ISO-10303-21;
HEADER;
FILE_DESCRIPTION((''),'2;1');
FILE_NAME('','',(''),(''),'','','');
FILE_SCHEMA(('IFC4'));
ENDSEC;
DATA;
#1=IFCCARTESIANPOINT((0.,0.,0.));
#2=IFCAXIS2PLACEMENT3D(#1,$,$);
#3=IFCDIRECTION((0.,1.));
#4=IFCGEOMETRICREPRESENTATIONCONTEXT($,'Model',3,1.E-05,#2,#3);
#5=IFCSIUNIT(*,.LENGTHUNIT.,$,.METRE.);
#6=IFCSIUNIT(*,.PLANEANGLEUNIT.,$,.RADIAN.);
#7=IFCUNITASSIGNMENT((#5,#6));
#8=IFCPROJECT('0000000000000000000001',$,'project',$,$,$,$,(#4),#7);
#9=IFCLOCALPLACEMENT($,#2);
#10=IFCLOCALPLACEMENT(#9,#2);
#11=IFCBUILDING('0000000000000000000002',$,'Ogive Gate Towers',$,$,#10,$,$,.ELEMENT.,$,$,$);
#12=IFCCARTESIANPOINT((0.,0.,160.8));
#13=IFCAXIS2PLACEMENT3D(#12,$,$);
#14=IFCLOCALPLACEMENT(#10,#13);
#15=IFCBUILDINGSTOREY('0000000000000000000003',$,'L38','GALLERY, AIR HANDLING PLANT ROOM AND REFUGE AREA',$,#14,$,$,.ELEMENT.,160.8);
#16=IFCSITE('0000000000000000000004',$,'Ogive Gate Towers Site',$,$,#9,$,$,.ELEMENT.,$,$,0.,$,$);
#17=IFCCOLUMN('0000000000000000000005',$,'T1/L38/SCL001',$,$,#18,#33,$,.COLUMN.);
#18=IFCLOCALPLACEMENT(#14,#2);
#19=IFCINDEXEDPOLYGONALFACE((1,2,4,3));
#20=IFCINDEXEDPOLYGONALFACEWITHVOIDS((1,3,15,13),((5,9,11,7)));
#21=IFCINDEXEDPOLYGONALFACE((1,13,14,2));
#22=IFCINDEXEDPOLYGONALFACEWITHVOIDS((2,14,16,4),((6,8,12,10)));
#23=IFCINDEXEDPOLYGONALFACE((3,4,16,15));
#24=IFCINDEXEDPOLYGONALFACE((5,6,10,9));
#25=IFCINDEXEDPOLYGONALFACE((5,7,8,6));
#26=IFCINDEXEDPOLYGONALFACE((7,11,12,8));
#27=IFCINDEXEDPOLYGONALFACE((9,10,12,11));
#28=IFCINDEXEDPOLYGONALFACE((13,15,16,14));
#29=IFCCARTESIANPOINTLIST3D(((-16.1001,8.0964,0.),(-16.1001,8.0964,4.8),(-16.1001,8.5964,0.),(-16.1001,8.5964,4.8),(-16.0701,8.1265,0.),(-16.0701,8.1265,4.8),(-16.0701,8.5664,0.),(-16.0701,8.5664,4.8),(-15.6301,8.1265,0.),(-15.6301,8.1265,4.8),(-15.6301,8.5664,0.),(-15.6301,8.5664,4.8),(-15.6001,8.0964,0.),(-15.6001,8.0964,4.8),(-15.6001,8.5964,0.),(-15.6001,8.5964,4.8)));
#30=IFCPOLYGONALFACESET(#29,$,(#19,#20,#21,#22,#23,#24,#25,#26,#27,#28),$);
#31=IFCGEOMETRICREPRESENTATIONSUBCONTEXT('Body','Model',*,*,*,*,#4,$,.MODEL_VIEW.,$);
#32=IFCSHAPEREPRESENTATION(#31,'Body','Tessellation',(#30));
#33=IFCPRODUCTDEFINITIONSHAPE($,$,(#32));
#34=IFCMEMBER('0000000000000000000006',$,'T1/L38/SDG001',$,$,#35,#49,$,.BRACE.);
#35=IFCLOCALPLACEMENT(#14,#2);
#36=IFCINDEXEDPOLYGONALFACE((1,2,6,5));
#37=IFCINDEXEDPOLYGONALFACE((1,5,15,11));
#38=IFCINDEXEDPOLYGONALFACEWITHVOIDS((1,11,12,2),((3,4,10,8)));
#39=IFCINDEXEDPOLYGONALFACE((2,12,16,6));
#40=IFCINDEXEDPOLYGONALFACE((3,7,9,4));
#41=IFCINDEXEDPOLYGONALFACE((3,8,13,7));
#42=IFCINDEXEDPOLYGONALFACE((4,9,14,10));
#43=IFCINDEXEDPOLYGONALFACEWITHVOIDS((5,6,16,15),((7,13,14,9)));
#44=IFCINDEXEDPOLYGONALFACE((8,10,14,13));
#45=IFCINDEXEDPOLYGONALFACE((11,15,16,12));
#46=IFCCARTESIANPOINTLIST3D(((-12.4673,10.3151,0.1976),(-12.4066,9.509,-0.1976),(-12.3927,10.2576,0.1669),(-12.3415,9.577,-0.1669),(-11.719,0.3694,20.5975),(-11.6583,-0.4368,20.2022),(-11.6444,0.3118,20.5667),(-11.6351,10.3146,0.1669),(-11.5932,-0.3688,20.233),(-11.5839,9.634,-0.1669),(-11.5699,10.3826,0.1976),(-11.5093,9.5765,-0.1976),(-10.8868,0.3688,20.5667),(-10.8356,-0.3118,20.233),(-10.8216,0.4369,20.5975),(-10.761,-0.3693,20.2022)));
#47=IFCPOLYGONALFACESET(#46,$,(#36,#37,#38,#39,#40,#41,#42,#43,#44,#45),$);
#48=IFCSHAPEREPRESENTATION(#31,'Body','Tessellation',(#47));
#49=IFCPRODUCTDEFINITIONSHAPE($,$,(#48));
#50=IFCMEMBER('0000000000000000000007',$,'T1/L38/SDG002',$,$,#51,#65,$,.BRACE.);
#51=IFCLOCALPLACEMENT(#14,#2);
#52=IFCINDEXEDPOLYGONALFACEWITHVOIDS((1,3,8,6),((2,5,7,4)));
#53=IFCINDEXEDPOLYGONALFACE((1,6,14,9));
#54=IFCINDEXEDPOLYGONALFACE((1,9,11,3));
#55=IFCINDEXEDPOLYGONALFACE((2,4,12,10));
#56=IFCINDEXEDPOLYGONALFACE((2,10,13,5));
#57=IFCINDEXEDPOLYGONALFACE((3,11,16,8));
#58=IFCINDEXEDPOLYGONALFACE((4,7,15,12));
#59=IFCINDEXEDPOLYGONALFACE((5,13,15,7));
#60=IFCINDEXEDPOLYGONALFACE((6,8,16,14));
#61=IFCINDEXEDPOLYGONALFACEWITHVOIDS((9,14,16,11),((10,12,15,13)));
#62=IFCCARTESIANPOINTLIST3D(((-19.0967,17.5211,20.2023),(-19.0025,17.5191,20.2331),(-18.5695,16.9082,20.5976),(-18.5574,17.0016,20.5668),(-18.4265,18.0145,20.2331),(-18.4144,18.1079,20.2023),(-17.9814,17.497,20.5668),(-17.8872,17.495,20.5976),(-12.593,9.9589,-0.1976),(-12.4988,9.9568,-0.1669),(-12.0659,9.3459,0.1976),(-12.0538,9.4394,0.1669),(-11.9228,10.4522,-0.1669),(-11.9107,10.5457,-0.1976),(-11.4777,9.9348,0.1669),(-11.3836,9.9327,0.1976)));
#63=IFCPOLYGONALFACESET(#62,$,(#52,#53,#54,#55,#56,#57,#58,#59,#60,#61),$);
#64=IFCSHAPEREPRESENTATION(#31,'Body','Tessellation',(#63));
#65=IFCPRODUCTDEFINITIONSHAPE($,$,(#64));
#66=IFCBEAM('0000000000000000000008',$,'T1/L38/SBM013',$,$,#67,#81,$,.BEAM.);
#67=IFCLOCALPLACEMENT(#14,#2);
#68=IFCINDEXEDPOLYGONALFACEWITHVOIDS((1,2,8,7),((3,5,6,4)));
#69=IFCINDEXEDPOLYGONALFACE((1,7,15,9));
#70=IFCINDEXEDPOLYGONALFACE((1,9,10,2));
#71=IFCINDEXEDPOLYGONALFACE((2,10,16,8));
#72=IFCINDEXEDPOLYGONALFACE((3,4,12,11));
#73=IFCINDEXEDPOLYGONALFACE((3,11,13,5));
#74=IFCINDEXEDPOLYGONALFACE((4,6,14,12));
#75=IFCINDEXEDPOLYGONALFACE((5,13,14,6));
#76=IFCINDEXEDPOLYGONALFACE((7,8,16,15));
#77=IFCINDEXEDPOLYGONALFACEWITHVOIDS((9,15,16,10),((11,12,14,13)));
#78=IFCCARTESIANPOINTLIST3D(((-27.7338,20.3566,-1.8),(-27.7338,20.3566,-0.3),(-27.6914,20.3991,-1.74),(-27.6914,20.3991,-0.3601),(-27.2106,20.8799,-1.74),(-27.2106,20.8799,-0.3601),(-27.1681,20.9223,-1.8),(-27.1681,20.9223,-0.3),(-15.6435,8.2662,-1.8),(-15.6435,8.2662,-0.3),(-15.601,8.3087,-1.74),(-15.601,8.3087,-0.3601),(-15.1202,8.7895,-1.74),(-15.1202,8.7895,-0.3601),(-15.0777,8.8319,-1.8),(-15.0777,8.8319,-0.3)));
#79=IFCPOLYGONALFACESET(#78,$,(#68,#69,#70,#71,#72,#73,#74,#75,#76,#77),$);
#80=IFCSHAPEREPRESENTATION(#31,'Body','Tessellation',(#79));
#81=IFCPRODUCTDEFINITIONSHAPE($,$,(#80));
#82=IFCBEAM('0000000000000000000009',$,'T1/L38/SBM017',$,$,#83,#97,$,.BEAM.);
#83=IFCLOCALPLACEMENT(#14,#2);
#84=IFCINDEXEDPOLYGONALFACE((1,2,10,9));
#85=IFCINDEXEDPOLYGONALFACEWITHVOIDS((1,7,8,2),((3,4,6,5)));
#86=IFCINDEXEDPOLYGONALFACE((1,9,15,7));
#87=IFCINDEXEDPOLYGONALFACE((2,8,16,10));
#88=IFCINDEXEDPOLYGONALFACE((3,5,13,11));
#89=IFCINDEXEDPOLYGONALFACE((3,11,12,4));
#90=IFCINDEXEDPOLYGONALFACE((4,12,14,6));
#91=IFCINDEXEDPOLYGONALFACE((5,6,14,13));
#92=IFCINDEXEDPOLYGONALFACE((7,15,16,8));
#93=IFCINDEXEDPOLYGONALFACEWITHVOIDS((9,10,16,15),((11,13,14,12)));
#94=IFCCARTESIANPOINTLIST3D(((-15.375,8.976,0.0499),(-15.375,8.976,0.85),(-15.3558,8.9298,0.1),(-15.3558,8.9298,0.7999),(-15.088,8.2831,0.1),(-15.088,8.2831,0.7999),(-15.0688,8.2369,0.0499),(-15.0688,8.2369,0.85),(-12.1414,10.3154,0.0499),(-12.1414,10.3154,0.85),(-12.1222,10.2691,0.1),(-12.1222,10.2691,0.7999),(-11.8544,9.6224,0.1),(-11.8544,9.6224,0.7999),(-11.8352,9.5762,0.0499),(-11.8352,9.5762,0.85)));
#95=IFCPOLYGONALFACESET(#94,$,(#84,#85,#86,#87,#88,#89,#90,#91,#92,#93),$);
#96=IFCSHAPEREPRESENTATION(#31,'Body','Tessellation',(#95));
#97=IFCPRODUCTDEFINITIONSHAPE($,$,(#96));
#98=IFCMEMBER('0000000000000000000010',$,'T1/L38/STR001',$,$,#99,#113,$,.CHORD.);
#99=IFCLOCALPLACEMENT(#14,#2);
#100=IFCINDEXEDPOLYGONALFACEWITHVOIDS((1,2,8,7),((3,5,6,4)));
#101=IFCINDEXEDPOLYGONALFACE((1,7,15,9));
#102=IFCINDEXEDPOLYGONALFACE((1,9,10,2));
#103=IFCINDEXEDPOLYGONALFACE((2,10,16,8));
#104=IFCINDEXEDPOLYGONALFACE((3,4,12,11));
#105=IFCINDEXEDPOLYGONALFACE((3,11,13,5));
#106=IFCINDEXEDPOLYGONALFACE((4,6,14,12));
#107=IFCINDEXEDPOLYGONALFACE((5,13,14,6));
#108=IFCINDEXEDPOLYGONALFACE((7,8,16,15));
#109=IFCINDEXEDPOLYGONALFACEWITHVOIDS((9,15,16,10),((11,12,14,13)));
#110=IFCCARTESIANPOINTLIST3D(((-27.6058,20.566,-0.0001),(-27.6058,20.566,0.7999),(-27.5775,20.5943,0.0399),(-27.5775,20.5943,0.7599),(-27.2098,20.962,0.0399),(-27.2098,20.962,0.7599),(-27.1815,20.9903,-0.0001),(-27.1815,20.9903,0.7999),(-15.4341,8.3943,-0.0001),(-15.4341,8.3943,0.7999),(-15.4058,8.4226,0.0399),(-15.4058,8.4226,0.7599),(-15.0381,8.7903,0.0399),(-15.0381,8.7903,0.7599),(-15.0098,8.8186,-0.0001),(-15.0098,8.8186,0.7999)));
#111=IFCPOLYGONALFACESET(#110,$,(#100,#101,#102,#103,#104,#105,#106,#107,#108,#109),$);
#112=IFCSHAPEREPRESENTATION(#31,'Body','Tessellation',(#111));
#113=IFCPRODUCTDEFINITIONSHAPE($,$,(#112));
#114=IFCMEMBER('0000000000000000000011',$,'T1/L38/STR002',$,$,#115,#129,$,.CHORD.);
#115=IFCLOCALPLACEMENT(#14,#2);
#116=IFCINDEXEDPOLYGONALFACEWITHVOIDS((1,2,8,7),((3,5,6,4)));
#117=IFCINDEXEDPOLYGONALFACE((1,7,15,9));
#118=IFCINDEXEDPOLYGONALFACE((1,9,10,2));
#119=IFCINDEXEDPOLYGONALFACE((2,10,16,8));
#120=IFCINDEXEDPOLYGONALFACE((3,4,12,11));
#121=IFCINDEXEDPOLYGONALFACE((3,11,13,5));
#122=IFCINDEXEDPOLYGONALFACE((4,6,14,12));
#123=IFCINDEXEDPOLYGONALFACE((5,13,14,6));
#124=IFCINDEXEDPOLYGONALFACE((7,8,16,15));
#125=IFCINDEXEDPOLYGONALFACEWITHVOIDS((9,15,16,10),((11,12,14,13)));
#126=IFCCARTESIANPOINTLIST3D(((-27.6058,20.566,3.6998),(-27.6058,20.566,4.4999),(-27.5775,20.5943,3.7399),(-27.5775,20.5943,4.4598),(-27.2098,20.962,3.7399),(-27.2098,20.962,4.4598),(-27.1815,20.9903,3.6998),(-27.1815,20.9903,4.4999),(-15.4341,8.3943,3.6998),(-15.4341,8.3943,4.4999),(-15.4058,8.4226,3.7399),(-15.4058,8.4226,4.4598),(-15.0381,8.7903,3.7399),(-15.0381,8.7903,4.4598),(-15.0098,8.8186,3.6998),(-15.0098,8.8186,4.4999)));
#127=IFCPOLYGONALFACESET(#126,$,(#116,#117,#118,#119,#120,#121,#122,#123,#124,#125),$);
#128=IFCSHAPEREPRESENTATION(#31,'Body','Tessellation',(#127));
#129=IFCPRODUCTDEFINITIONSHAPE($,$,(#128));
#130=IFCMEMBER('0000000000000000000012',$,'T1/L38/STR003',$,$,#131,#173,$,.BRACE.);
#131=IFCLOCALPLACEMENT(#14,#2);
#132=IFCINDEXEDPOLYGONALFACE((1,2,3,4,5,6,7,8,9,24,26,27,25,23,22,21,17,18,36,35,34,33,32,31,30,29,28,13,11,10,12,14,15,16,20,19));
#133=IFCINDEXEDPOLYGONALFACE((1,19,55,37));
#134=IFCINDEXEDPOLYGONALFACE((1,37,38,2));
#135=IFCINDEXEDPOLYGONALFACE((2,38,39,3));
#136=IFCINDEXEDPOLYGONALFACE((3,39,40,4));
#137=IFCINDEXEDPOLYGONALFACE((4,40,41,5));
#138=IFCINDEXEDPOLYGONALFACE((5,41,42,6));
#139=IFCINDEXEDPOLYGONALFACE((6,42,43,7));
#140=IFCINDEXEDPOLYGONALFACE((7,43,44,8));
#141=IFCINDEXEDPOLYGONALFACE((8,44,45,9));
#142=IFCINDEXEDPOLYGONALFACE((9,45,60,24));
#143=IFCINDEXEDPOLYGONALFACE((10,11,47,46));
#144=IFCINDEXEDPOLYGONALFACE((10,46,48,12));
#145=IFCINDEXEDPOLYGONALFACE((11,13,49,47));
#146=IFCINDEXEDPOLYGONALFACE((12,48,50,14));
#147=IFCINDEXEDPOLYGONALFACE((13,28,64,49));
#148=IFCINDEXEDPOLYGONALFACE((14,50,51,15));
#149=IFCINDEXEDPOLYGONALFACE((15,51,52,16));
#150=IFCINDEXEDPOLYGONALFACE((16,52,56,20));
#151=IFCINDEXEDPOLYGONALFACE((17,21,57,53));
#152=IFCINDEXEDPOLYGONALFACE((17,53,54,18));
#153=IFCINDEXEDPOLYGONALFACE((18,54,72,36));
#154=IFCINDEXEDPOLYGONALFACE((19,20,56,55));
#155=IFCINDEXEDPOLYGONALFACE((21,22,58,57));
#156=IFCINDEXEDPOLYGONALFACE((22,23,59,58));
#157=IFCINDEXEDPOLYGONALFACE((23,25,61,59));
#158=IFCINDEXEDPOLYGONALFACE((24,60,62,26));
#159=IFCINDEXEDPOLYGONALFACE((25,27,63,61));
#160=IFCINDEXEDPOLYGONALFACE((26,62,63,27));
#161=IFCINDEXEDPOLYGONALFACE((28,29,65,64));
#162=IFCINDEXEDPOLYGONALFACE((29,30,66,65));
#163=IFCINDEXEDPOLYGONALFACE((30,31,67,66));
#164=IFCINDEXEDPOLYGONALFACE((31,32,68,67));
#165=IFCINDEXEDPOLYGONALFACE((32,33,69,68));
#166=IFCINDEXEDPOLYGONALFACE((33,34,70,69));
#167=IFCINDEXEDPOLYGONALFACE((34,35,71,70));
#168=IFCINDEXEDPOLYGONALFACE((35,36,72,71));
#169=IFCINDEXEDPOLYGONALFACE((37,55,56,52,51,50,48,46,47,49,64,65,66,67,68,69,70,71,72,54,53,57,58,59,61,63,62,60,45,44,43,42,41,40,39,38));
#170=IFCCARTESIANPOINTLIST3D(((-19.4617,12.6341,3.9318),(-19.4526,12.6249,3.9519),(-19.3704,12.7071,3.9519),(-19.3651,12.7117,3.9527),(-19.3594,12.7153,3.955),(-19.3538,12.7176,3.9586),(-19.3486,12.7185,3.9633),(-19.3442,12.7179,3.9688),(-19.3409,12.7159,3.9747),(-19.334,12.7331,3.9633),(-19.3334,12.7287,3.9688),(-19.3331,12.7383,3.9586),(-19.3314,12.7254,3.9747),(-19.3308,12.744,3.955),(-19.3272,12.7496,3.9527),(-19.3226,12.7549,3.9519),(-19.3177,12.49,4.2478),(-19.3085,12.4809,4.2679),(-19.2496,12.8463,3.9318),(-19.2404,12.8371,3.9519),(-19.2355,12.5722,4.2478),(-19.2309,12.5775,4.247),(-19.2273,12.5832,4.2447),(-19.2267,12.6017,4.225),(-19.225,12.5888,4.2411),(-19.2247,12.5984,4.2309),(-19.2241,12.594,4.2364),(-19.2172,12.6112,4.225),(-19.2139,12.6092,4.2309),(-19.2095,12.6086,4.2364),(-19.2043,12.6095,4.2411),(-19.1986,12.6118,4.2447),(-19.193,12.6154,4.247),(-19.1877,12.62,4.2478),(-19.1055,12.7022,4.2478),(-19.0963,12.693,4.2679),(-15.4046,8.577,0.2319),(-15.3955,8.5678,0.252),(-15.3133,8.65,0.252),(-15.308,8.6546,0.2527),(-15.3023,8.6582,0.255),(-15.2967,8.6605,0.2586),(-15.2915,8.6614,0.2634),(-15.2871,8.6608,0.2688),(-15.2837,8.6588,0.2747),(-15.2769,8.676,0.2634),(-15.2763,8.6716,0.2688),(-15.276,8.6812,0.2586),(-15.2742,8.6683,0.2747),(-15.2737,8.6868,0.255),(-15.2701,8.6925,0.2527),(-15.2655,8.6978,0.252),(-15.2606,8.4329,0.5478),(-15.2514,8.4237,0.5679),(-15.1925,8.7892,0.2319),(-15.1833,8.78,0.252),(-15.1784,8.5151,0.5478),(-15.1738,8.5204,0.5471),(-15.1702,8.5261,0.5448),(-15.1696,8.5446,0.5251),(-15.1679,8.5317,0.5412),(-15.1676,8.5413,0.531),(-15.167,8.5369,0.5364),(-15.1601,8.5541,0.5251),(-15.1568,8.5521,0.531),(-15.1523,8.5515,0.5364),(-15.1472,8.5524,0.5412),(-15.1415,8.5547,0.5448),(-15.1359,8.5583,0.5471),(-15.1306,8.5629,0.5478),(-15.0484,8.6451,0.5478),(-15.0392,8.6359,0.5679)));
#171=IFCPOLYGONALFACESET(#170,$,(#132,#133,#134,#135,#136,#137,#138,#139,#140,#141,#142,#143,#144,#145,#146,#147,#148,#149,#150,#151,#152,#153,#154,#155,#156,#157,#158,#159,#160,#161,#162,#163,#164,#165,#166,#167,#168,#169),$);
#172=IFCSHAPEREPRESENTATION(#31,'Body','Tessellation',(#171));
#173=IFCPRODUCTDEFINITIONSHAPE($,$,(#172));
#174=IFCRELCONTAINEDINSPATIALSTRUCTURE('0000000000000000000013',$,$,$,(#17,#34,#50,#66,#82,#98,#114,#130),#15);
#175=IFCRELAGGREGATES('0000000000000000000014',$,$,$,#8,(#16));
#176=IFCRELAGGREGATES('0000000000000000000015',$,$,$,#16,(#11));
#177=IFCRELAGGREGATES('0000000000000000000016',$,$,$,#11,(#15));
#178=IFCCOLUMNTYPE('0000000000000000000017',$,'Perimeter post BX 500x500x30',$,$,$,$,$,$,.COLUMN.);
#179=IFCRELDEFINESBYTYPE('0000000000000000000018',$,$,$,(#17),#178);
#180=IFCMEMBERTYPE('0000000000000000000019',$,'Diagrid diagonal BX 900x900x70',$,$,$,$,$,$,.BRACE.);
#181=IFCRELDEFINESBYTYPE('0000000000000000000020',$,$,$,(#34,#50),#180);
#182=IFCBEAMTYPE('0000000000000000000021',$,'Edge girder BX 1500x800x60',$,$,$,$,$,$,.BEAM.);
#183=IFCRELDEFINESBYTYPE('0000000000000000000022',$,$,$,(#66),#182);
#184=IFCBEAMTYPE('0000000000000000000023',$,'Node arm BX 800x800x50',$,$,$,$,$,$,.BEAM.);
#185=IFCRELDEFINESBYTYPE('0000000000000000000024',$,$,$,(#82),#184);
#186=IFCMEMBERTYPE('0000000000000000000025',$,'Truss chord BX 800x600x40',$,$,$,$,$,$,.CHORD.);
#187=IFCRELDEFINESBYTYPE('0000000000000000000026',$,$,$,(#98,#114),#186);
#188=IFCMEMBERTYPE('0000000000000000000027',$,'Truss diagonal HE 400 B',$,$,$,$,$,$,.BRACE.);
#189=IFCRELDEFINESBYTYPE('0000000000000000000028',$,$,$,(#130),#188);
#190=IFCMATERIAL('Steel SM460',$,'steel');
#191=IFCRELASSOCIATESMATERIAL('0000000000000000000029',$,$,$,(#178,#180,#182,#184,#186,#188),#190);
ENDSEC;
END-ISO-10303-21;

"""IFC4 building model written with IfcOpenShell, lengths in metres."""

from ifc_helpers import new_model, si_unit, direction, frame, origin, origin_2d, place, context, subcontext, project, spatial, hollow_rectangle, i_section, extrude, material, material_profile, profile_set, type_object, element, save


model = new_model("IFC4")

# Units and contexts
model_context = context("Model", 3, precision=1e-05, world=origin(), true_north=direction((0.0, 1.0)))
body_context = subcontext(model_context, "Body", "Model", "MODEL_VIEW")
ifc_project = project(units=[si_unit("LENGTHUNIT", "METRE"), si_unit("PLANEANGLEUNIT", "RADIAN")], contexts=[model_context])

# Site, building, storey
site_placement = place(None, origin())
site = spatial("IfcSite", under=ifc_project, at=site_placement, Name="Ogive Gate Towers Site", CompositionType="ELEMENT", RefElevation=0.0)
building_placement = place(site_placement, origin())
building = spatial("IfcBuilding", under=site, at=building_placement, Name="Ogive Gate Towers", CompositionType="ELEMENT")
storey_placement = place(building_placement, frame((0.0, 0.0, 160.8)))
storey = spatial("IfcBuildingStorey", under=building, at=storey_placement, Name="L38", Description="GALLERY, AIR HANDLING PLANT ROOM AND REFUGE AREA", CompositionType="ELEMENT", Elevation=160.8)

# Column
ifc_material_1 = material(Name="Steel SM460", Category="steel")
ifc_material_profile_1 = material_profile(ifc_material_1, hollow_rectangle(XDim=0.5, YDim=0.5, WallThickness=0.03, at=origin_2d()), Name="BX 500x500x30")
ifc_profile_set_1 = profile_set([ifc_material_profile_1], Name="Steel SM460")
column_type = type_object("IfcColumnType", Name="Perimeter post BX 500x500x30", PredefinedType="COLUMN", material=ifc_profile_set_1)
column_placement = place(storey_placement, frame((-15.8501, 8.3464, 0.0), z_axis=(0.0, 0.0, 1.0), x_axis=(1.0, 0.0, 0.0)))
element("IfcColumn", 1, at=column_placement, inside=storey, type_object=column_type, Name="T1/L38/SCL001", PredefinedType="COLUMN", context=body_context, shape_type="SweptSolid", body=[
    extrude(hollow_rectangle(XDim=0.5, YDim=0.5, WallThickness=0.03, at=origin_2d()), origin(), (0.0, 0.0, 1.0), 4.8),
])

# Members
ifc_material_profile_2 = material_profile(ifc_material_1, hollow_rectangle(XDim=0.8999, YDim=0.8999, WallThickness=0.0701, at=origin_2d()), Name="BX 900x900x70")
ifc_profile_set_2 = profile_set([ifc_material_profile_2], Name="Steel SM460")
member_type_1 = type_object("IfcMemberType", Name="Diagrid diagonal BX 900x900x70", PredefinedType="BRACE", material=ifc_profile_set_2)
member_1_placement = place(storey_placement, frame((-11.9883, 9.9458, 0.0), z_axis=(0.032953, -0.437994, 0.898374), x_axis=(0.997182, 0.075025, 0.0)))
element("IfcMember", 2, at=member_1_placement, inside=storey, type_object=member_type_1, Name="T1/L38/SDG001", PredefinedType="BRACE", context=body_context, shape_type="SweptSolid", body=[
    extrude(hollow_rectangle(XDim=0.8999, YDim=0.8999, WallThickness=0.0701, at=origin_2d()), origin(), (0.0, 0.0, 1.0), 22.7075),
])
member_2_placement = place(storey_placement, frame((-11.9883, 9.9458, 0.0), z_axis=(-0.286407, 0.333026, 0.898368), x_axis=(-0.758179, -0.652046, 0.0)))
element("IfcMember", 3, at=member_2_placement, inside=storey, type_object=member_type_1, Name="T1/L38/SDG002", PredefinedType="BRACE", context=body_context, shape_type="SweptSolid", body=[
    extrude(hollow_rectangle(XDim=0.8999, YDim=0.8999, WallThickness=0.0701, at=origin_2d()), origin(), (0.0, 0.0, 1.0), 22.7078),
])

# Beams
ifc_material_profile_3 = material_profile(ifc_material_1, hollow_rectangle(XDim=0.8, YDim=1.5, WallThickness=0.0601, at=origin_2d()), Name="BX 1500x800x60")
ifc_profile_set_3 = profile_set([ifc_material_profile_3], Name="Steel SM460")
beam_type_1 = type_object("IfcBeamType", Name="Edge girder BX 1500x800x60", PredefinedType="BEAM", material=ifc_profile_set_3)
beam_1_placement = place(storey_placement, frame((-15.3606, 8.5491, -1.05), z_axis=(-0.707107, 0.707107, 0.0), x_axis=(-0.707107, -0.707107, 0.0)))
element("IfcBeam", 4, at=beam_1_placement, inside=storey, type_object=beam_type_1, Name="T1/L38/SBM013", PredefinedType="BEAM", context=body_context, shape_type="SweptSolid", body=[
    extrude(hollow_rectangle(XDim=0.8, YDim=1.5, WallThickness=0.0601, at=origin_2d()), origin(), (0.0, 0.0, 1.0), 17.0984),
])
ifc_material_profile_4 = material_profile(ifc_material_1, hollow_rectangle(XDim=0.8, YDim=0.8, WallThickness=0.05, at=origin_2d()), Name="BX 800x800x50")
ifc_profile_set_4 = profile_set([ifc_material_profile_4], Name="Steel SM460")
beam_type_2 = type_object("IfcBeamType", Name="Node arm BX 800x800x50", PredefinedType="BEAM", material=ifc_profile_set_4)
beam_2_placement = place(storey_placement, frame((-15.2219, 8.6064, 0.45), z_axis=(0.923886, 0.382668, 0.0), x_axis=(-0.382668, 0.923886, 0.0)))
element("IfcBeam", 5, at=beam_2_placement, inside=storey, type_object=beam_type_2, Name="T1/L38/SBM017", PredefinedType="BEAM", context=body_context, shape_type="SweptSolid", body=[
    extrude(hollow_rectangle(XDim=0.8, YDim=0.8, WallThickness=0.05, at=origin_2d()), origin(), (0.0, 0.0, 1.0), 3.5),
])

# Members
ifc_material_profile_5 = material_profile(ifc_material_1, hollow_rectangle(XDim=0.6001, YDim=0.8, WallThickness=0.04, at=origin_2d()), Name="BX 800x600x40")
ifc_profile_set_5 = profile_set([ifc_material_profile_5], Name="Steel SM460")
member_type_2 = type_object("IfcMemberType", Name="Truss chord BX 800x600x40", PredefinedType="CHORD", material=ifc_profile_set_5)
for number, where, z_axis, x_axis, name in (
    (6, (-15.2219, 8.6064, 0.3999), (-0.707107, 0.707107, 0.0), (-0.707107, -0.707107, 0.0), "T1/L38/STR001"),
    (7, (-15.2219, 8.6064, 4.0999), (-0.707107, 0.707107, 0.0), (-0.707107, -0.707107, 0.0), "T1/L38/STR002"),
):
    element("IfcMember", number, at=place(storey_placement, frame(where, z_axis=z_axis, x_axis=x_axis)), inside=storey, type_object=member_type_2, Name=name, PredefinedType="CHORD", context=body_context, shape_type="SweptSolid", body=[
        extrude(hollow_rectangle(XDim=0.6001, YDim=0.8, WallThickness=0.04, at=origin_2d()), origin(), (0.0, 0.0, 1.0), 17.2134),
    ])
ifc_material_profile_6 = material_profile(ifc_material_1, i_section(OverallWidth=0.3, OverallDepth=0.3999, WebThickness=0.0134, FlangeThickness=0.0239, FilletRadius=0.0271, at=origin_2d()), Name="HE 400 B")
ifc_profile_set_6 = profile_set([ifc_material_profile_6], Name="Steel SM460")
member_type_3 = type_object("IfcMemberType", Name="Truss diagonal HE 400 B", PredefinedType="BRACE", material=ifc_profile_set_6)
member_3_placement = place(storey_placement, frame((-15.2219, 8.6064, 0.3999), z_axis=(-0.594262, 0.594262, 0.541945), x_axis=(-0.707107, -0.707107, 0.0)))
element("IfcMember", 8, at=member_3_placement, inside=storey, type_object=member_type_3, Name="T1/L38/STR003", PredefinedType="BRACE", context=body_context, shape_type="SweptSolid", body=[
    extrude(i_section(OverallWidth=0.3, OverallDepth=0.3999, WebThickness=0.0134, FlangeThickness=0.0239, FilletRadius=0.0271, at=origin_2d()), origin(), (0.0, 0.0, 1.0), 6.8271),
])

save(model, "model.ifc")
